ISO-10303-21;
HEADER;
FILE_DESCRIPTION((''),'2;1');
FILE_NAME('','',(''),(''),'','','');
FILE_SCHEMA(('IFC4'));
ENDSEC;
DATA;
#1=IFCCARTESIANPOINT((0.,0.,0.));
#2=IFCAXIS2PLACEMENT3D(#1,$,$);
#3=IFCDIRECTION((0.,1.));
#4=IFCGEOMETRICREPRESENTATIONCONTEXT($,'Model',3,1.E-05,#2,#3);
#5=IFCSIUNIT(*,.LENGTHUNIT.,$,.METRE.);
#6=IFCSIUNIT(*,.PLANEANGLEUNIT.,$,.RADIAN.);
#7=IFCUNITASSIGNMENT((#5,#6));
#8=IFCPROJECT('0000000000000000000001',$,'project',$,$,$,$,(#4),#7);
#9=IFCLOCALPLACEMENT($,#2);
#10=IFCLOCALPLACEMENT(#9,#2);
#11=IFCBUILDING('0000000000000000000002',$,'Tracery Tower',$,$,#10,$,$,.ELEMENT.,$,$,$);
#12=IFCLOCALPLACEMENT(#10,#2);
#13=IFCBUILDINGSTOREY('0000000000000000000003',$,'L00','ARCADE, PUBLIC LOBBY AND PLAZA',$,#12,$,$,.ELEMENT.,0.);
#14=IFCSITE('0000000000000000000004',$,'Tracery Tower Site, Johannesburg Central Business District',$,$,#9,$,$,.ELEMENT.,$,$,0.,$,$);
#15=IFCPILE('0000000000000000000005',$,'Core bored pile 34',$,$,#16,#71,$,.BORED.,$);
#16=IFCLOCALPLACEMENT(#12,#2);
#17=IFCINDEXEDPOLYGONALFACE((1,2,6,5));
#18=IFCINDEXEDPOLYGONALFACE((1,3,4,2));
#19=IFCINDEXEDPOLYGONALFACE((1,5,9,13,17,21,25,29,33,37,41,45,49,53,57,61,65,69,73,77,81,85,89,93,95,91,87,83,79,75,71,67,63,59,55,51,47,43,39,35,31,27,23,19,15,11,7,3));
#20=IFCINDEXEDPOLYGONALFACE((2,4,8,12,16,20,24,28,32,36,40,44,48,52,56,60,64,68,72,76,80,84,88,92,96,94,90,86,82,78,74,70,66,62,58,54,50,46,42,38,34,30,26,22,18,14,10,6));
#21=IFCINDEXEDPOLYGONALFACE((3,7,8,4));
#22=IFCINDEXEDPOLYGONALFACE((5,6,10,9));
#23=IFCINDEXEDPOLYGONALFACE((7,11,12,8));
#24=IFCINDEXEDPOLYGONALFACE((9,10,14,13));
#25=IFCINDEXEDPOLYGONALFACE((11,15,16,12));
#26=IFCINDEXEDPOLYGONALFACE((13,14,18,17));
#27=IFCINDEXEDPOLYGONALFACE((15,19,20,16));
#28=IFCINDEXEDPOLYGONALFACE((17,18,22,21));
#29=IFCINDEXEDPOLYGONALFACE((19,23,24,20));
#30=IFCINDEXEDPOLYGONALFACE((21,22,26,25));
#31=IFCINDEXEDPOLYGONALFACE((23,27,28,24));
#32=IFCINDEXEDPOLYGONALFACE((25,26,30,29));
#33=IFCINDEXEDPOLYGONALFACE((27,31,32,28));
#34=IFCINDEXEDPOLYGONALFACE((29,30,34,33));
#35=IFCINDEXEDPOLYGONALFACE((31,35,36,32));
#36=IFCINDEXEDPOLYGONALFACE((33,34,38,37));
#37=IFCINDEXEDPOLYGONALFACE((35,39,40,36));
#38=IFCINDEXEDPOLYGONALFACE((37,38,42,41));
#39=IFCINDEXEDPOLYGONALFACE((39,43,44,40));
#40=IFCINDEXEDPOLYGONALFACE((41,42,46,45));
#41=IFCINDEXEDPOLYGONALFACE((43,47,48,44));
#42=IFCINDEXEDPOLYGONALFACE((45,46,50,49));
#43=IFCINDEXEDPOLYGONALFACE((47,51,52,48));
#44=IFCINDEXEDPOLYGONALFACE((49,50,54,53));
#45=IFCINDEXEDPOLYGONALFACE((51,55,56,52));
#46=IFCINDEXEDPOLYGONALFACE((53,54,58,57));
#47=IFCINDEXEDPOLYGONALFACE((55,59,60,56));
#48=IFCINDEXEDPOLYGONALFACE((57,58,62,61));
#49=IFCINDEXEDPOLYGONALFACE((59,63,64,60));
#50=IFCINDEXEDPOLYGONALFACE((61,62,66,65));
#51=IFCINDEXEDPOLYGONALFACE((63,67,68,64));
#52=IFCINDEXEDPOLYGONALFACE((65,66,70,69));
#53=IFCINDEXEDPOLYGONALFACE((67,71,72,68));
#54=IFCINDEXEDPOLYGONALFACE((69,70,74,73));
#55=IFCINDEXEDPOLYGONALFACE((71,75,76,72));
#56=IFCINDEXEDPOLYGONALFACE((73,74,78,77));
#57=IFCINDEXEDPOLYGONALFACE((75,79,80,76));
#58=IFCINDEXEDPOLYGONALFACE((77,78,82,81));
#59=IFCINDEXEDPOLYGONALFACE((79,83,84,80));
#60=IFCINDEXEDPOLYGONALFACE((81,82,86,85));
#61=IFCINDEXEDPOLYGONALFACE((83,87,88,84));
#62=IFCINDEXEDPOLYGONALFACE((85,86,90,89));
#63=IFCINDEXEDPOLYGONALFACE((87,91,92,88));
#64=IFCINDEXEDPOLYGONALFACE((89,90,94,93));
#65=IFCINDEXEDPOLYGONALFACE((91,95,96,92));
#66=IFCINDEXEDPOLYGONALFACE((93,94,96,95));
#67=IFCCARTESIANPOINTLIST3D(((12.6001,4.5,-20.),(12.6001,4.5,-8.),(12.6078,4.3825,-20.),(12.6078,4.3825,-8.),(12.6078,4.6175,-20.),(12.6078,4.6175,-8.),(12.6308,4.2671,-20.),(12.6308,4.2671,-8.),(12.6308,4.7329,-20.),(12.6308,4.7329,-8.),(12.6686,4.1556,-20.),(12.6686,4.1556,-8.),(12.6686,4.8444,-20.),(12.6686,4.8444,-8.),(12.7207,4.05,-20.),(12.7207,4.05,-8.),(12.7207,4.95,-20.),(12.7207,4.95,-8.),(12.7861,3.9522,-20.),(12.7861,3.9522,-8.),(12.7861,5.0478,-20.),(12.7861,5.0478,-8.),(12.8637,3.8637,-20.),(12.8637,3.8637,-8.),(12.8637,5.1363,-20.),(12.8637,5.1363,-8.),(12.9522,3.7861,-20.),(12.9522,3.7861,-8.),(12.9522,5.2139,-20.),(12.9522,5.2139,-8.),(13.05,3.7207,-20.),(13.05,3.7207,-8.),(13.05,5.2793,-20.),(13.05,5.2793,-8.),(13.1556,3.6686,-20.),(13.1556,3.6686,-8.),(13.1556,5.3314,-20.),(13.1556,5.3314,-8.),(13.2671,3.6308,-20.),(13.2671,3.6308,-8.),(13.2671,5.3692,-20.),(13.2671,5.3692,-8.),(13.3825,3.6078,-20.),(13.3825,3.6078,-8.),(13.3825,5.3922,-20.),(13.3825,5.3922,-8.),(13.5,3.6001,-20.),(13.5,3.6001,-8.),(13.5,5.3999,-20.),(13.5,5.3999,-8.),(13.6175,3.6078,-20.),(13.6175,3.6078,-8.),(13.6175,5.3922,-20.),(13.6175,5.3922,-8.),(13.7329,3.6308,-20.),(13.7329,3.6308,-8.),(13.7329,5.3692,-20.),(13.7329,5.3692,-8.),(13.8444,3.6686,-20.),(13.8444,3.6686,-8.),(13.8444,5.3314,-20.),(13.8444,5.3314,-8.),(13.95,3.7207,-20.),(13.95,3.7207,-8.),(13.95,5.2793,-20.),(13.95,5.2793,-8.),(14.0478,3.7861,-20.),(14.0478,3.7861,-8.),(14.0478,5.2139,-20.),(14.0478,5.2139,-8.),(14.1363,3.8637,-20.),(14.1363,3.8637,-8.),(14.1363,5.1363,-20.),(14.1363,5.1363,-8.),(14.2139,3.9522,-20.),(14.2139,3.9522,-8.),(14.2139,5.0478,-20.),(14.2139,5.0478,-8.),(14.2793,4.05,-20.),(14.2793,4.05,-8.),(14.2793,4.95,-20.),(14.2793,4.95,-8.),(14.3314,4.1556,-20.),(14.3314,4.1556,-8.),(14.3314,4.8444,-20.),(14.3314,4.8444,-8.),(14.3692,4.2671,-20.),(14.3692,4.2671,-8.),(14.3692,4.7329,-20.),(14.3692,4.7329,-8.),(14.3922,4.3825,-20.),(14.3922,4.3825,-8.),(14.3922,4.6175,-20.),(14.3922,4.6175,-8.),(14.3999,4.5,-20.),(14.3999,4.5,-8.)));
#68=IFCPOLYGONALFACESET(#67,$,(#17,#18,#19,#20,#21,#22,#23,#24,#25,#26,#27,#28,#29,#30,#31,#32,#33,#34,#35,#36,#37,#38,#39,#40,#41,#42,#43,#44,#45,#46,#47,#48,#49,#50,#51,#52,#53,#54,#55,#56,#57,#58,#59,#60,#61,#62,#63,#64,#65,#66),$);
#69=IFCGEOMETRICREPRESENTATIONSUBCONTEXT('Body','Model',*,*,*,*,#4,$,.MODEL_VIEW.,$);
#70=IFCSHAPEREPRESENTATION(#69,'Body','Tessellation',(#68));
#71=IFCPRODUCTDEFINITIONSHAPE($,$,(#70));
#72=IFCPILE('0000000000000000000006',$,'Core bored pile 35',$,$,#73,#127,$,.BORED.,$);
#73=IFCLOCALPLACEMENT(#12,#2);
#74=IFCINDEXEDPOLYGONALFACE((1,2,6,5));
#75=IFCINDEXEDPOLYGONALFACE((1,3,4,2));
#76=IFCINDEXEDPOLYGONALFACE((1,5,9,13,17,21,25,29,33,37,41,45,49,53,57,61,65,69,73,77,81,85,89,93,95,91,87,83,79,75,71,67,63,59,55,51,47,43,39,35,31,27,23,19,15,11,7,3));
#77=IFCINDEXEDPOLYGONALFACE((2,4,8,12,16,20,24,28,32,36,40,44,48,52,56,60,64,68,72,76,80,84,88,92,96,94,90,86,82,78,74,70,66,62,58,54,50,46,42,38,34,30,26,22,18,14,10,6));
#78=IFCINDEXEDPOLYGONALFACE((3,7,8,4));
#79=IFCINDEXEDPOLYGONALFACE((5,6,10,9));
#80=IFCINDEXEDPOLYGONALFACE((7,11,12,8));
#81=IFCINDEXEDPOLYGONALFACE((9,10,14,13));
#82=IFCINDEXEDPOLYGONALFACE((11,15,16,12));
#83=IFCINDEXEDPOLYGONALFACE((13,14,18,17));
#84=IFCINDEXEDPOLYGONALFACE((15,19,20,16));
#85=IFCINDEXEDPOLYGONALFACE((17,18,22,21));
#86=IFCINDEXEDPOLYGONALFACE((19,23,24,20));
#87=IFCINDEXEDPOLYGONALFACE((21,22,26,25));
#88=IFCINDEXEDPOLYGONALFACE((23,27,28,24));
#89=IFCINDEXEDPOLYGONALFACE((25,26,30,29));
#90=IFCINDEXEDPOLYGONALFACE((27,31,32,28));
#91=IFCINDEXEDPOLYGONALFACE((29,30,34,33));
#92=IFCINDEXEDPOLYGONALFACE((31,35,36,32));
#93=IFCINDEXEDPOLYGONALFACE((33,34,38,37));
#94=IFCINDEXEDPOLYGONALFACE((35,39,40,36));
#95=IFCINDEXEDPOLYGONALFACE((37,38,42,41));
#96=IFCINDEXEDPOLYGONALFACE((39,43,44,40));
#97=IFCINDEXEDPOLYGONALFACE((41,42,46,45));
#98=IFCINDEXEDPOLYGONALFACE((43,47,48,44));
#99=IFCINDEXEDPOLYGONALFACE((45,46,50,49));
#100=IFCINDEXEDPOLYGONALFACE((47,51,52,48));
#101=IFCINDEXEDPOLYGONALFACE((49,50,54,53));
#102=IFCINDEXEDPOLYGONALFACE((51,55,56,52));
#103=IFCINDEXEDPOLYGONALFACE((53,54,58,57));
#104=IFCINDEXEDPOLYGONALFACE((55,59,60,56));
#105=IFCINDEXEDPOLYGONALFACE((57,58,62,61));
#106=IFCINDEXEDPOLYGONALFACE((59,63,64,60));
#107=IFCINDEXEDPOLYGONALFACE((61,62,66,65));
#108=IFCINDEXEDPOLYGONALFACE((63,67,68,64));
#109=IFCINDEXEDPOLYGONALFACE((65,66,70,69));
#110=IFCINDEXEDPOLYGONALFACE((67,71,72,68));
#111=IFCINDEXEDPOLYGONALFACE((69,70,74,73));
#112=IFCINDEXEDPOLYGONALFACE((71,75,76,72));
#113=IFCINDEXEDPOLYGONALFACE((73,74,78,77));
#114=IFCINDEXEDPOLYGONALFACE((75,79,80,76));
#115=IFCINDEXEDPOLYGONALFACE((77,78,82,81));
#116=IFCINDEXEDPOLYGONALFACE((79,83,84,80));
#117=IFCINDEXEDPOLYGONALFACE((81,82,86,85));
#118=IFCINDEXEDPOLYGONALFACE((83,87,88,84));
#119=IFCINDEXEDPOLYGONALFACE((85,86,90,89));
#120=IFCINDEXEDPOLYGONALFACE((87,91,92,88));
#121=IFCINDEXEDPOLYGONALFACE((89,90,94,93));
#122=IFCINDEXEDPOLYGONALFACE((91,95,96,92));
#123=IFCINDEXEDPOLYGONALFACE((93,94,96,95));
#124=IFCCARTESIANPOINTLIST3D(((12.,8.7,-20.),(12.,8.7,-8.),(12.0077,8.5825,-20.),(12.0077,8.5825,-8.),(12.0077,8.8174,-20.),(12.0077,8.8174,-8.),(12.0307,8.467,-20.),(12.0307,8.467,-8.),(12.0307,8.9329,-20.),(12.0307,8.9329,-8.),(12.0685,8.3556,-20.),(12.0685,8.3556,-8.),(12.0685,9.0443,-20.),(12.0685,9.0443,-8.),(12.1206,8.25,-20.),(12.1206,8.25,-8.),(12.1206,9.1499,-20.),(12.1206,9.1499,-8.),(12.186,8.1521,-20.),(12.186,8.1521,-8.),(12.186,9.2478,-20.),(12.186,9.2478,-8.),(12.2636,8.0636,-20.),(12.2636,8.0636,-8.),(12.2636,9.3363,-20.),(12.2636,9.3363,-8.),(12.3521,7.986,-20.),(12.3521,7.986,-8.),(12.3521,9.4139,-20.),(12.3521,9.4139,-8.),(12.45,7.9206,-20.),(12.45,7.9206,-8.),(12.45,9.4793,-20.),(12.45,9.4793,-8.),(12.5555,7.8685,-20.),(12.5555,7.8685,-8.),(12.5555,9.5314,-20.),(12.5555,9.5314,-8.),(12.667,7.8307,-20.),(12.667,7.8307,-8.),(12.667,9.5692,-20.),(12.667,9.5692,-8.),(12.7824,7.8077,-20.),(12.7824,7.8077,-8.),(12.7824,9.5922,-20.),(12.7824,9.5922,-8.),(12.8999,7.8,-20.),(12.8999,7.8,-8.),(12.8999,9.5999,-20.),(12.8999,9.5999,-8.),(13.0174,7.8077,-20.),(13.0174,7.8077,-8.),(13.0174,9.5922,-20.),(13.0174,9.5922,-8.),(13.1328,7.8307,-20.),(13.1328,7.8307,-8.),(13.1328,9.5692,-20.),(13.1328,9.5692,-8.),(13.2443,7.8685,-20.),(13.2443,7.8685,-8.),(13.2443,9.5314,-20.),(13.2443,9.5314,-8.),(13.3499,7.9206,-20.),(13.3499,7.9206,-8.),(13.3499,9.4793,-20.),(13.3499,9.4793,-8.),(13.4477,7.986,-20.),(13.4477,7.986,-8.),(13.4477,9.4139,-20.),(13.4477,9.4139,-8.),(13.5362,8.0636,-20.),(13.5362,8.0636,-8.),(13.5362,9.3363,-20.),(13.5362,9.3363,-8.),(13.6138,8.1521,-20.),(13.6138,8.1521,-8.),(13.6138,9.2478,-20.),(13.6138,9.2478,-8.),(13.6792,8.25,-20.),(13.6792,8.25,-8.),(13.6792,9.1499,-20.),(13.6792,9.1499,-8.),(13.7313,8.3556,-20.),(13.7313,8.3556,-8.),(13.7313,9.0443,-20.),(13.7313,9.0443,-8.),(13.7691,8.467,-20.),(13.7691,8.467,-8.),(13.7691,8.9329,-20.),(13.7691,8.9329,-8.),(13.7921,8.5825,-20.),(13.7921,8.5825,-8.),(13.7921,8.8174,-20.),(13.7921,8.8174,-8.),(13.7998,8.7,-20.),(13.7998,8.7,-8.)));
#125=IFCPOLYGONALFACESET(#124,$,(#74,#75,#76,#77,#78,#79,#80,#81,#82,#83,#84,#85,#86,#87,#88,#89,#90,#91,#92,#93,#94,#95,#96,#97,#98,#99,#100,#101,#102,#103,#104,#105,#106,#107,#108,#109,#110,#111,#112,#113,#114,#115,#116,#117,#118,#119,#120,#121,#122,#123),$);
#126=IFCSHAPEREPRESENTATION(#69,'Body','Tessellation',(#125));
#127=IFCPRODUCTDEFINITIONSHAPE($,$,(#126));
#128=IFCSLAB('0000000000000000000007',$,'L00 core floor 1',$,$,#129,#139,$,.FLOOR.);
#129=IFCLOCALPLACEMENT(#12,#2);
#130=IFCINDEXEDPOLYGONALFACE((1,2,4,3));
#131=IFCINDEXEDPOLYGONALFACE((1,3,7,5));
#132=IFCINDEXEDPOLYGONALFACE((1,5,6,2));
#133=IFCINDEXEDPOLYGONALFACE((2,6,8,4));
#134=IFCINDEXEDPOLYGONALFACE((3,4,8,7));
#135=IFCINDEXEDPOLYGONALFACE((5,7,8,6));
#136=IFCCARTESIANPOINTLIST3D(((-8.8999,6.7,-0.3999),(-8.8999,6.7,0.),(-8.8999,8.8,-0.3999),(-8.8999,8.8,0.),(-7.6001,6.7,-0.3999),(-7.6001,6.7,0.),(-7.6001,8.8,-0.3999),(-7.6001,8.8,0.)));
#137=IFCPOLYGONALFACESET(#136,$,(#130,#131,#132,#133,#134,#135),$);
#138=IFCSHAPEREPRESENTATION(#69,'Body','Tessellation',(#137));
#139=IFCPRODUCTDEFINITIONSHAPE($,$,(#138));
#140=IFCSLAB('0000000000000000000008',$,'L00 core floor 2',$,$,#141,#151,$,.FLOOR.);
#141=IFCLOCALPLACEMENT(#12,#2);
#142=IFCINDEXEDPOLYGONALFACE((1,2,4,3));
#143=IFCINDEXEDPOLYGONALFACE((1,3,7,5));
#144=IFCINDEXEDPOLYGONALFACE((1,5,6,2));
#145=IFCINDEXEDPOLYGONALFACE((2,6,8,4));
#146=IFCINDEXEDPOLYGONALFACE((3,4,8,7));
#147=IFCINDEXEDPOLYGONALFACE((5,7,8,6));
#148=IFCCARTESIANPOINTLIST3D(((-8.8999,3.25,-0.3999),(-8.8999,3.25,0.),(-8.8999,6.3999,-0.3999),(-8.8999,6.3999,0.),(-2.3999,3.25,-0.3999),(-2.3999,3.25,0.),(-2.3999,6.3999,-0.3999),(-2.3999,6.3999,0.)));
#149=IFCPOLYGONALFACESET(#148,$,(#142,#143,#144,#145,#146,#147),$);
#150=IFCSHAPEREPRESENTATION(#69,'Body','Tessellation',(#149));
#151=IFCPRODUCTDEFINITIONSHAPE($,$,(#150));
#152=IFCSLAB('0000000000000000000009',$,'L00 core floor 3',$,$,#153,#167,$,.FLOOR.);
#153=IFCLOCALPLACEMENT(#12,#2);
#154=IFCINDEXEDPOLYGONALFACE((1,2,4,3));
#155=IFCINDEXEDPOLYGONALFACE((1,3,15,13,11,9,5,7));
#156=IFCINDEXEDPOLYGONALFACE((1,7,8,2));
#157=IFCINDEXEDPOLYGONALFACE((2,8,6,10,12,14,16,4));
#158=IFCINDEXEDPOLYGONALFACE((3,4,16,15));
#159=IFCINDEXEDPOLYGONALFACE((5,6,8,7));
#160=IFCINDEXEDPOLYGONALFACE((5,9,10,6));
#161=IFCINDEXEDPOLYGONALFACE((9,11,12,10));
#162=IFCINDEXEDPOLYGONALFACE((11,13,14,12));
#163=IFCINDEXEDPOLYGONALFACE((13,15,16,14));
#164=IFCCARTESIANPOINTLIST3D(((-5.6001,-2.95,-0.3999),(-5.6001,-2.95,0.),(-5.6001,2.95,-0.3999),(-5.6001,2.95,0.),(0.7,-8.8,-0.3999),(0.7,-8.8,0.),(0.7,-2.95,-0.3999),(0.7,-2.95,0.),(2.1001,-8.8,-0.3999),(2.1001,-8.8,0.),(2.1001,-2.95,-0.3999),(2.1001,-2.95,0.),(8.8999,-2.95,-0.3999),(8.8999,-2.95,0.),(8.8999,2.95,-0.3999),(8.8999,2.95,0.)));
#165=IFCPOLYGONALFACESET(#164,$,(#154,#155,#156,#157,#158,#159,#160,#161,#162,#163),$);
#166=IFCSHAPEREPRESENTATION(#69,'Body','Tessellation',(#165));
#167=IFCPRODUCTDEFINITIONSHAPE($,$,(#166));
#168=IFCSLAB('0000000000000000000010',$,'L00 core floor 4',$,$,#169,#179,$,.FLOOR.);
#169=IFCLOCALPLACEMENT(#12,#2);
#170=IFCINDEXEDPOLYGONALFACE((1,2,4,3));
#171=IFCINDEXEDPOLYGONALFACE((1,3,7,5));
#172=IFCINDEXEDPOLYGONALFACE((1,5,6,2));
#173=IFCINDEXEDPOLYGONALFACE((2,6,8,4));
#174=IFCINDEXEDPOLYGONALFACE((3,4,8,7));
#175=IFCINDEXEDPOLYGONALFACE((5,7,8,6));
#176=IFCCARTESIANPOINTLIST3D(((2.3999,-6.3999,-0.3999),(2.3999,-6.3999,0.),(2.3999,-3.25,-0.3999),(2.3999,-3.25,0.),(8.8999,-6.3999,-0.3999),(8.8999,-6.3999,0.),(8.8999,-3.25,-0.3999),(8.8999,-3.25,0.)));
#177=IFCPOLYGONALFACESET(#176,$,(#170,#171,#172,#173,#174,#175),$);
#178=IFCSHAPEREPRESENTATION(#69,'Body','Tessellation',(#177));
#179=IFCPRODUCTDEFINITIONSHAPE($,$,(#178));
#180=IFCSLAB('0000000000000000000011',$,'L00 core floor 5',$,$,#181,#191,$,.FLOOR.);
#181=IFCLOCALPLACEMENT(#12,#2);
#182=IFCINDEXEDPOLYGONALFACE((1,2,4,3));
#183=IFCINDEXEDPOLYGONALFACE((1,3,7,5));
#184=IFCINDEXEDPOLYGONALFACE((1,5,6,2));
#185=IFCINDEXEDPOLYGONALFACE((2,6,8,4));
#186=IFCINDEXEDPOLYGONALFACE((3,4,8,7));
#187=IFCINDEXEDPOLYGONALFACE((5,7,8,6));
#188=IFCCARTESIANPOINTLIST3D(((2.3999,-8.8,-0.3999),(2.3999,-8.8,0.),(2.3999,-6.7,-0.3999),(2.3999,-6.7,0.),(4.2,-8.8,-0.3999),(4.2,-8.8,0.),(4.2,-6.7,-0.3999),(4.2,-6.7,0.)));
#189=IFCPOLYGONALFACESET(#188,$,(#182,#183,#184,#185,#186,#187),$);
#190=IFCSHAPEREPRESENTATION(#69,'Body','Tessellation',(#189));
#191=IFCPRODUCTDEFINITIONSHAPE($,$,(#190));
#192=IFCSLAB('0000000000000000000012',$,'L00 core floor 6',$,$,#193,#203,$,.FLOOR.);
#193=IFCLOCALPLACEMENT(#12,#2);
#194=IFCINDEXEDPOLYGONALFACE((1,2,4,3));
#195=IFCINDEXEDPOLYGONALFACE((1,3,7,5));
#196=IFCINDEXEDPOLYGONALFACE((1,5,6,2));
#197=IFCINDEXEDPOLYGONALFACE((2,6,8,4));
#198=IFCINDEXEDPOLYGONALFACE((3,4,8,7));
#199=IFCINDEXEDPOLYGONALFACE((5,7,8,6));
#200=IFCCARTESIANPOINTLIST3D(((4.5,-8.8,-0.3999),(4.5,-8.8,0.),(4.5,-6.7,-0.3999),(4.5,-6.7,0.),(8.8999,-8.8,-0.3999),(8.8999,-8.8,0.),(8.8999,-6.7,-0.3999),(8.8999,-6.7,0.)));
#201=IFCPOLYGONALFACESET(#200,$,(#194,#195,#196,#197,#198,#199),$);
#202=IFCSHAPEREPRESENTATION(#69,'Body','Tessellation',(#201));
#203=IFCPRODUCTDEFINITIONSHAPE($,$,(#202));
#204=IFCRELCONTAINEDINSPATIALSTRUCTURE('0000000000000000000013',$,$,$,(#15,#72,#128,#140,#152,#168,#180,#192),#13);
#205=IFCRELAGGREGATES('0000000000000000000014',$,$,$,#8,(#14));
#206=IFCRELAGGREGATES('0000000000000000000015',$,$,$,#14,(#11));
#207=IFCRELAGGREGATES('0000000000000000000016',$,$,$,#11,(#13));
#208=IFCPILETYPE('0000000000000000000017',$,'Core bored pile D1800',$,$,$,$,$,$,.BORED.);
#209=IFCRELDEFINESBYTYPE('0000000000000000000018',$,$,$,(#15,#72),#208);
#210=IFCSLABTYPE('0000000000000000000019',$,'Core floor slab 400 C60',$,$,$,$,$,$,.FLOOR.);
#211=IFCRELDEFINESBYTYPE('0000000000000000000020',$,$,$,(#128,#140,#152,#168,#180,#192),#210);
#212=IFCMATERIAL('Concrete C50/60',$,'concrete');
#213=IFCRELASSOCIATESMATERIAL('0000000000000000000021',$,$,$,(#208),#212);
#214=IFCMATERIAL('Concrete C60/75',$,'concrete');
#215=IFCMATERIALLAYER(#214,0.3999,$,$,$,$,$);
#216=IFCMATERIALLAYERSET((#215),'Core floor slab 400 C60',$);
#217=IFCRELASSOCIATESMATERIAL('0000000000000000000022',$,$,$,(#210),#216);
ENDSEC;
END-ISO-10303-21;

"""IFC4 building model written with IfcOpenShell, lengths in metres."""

from ifc_helpers import new_model, si_unit, direction, frame, origin, origin_2d, place, context, subcontext, project, spatial, polyline, circle, outline, extrude, material, layer, layer_set, material_profile, profile_set, type_object, element, save


model = new_model("IFC4")

# Units and contexts
model_context = context("Model", 3, precision=1e-05, world=origin(), true_north=direction((0.0, 1.0)))
body_context = subcontext(model_context, "Body", "Model", "MODEL_VIEW")
ifc_project = project(units=[si_unit("LENGTHUNIT", "METRE"), si_unit("PLANEANGLEUNIT", "RADIAN")], contexts=[model_context])

# Site, building, storey
site_placement = place(None, origin())
site = spatial("IfcSite", under=ifc_project, at=site_placement, Name="Tracery Tower Site, Johannesburg Central Business District", CompositionType="ELEMENT", RefElevation=0.0)
building_placement = place(site_placement, origin())
building = spatial("IfcBuilding", under=site, at=building_placement, Name="Tracery Tower", CompositionType="ELEMENT")
storey_placement = place(building_placement, origin())
storey = spatial("IfcBuildingStorey", under=building, at=storey_placement, Name="L00", Description="ARCADE, PUBLIC LOBBY AND PLAZA", CompositionType="ELEMENT", Elevation=0.0)

# Piles
ifc_material_1 = material(Name="Concrete C50/60", Category="concrete")
ifc_material_profile = material_profile(ifc_material_1, circle(Radius=0.8999, at=origin_2d()), Name="RC D1800")
ifc_profile_set = profile_set([ifc_material_profile], Name="Concrete C50/60")
pile_type = type_object("IfcPileType", Name="Core bored pile D1800", PredefinedType="BORED", material=ifc_profile_set)
for number, where, z_axis, x_axis, name in (
    (1, (13.5, 4.5, -8.0), (0.0, 0.0, -1.0), (1.0, 0.0, 0.0), "Core bored pile 34"),
    (2, (12.8999, 8.7, -8.0), (0.0, 0.0, -1.0), (1.0, 0.0, 0.0), "Core bored pile 35"),
):
    element("IfcPile", number, at=place(storey_placement, frame(where, z_axis=z_axis, x_axis=x_axis)), inside=storey, type_object=pile_type, Name=name, PredefinedType="BORED", context=body_context, shape_type="SweptSolid", body=[
        extrude(circle(Radius=0.8999, at=origin_2d()), origin(), (0.0, 0.0, 1.0), 12.0),
    ])

# Slabs
ifc_material_2 = material(Name="Concrete C60/75", Category="concrete")
ifc_layer_1 = layer(ifc_material_2, 0.3999)
ifc_layer_set_1 = layer_set([ifc_layer_1], Name="Core floor slab 400 C60")
slab_type_1 = type_object("IfcSlabType", Name="Core floor slab 400 C60", PredefinedType="FLOOR", material=ifc_layer_set_1)
slab_1_placement = place(storey_placement, frame((0.0, 0.0, -0.3999)))
element("IfcSlab", 3, at=slab_1_placement, inside=storey, type_object=slab_type_1, Name="L00 core floor 1", PredefinedType="FLOOR", context=body_context, shape_type="SweptSolid", body=[
    extrude(outline(polyline([(-8.8999, 8.8), (-7.6001, 8.8), (-7.6001, 6.7), (-8.8999, 6.7), (-8.8999, 8.8)])), origin(), (0.0, 0.0, 1.0), 0.3999),
])
slab_2_placement = place(storey_placement, frame((0.0, 0.0, -0.3999)))
element("IfcSlab", 4, at=slab_2_placement, inside=storey, type_object=slab_type_1, Name="L00 core floor 2", PredefinedType="FLOOR", context=body_context, shape_type="SweptSolid", body=[
    extrude(outline(polyline([(-8.8999, 6.3999), (-2.3999, 6.3999), (-2.3999, 3.25), (-8.8999, 3.25), (-8.8999, 6.3999)])), origin(), (0.0, 0.0, 1.0), 0.3999),
])
slab_3_placement = place(storey_placement, frame((0.0, 0.0, -0.3999)))
element("IfcSlab", 5, at=slab_3_placement, inside=storey, type_object=slab_type_1, Name="L00 core floor 3", PredefinedType="FLOOR", context=body_context, shape_type="SweptSolid", body=[
    extrude(outline(polyline([(-5.6001, 2.95), (8.8999, 2.95), (8.8999, -2.95), (2.1001, -2.95), (2.1001, -8.8), (0.7, -8.8), (0.7, -2.95), (-5.6001, -2.95), (-5.6001, 2.95)])), origin(), (0.0, 0.0, 1.0), 0.3999),
])
slab_4_placement = place(storey_placement, frame((0.0, 0.0, -0.3999)))
element("IfcSlab", 6, at=slab_4_placement, inside=storey, type_object=slab_type_1, Name="L00 core floor 4", PredefinedType="FLOOR", context=body_context, shape_type="SweptSolid", body=[
    extrude(outline(polyline([(2.3999, -3.25), (8.8999, -3.25), (8.8999, -6.3999), (2.3999, -6.3999), (2.3999, -3.25)])), origin(), (0.0, 0.0, 1.0), 0.3999),
])
slab_5_placement = place(storey_placement, frame((0.0, 0.0, -0.3999)))
element("IfcSlab", 7, at=slab_5_placement, inside=storey, type_object=slab_type_1, Name="L00 core floor 5", PredefinedType="FLOOR", context=body_context, shape_type="SweptSolid", body=[
    extrude(outline(polyline([(2.3999, -6.7), (4.2, -6.7), (4.2, -8.8), (2.3999, -8.8), (2.3999, -6.7)])), origin(), (0.0, 0.0, 1.0), 0.3999),
])
slab_6_placement = place(storey_placement, frame((0.0, 0.0, -0.3999)))
element("IfcSlab", 8, at=slab_6_placement, inside=storey, type_object=slab_type_1, Name="L00 core floor 6", PredefinedType="FLOOR", context=body_context, shape_type="SweptSolid", body=[
    extrude(outline(polyline([(4.5, -8.8), (4.5, -6.7), (8.8999, -6.7), (8.8999, -8.8), (4.5, -8.8)])), origin(), (0.0, 0.0, 1.0), 0.3999),
])

save(model, "model.ifc")
